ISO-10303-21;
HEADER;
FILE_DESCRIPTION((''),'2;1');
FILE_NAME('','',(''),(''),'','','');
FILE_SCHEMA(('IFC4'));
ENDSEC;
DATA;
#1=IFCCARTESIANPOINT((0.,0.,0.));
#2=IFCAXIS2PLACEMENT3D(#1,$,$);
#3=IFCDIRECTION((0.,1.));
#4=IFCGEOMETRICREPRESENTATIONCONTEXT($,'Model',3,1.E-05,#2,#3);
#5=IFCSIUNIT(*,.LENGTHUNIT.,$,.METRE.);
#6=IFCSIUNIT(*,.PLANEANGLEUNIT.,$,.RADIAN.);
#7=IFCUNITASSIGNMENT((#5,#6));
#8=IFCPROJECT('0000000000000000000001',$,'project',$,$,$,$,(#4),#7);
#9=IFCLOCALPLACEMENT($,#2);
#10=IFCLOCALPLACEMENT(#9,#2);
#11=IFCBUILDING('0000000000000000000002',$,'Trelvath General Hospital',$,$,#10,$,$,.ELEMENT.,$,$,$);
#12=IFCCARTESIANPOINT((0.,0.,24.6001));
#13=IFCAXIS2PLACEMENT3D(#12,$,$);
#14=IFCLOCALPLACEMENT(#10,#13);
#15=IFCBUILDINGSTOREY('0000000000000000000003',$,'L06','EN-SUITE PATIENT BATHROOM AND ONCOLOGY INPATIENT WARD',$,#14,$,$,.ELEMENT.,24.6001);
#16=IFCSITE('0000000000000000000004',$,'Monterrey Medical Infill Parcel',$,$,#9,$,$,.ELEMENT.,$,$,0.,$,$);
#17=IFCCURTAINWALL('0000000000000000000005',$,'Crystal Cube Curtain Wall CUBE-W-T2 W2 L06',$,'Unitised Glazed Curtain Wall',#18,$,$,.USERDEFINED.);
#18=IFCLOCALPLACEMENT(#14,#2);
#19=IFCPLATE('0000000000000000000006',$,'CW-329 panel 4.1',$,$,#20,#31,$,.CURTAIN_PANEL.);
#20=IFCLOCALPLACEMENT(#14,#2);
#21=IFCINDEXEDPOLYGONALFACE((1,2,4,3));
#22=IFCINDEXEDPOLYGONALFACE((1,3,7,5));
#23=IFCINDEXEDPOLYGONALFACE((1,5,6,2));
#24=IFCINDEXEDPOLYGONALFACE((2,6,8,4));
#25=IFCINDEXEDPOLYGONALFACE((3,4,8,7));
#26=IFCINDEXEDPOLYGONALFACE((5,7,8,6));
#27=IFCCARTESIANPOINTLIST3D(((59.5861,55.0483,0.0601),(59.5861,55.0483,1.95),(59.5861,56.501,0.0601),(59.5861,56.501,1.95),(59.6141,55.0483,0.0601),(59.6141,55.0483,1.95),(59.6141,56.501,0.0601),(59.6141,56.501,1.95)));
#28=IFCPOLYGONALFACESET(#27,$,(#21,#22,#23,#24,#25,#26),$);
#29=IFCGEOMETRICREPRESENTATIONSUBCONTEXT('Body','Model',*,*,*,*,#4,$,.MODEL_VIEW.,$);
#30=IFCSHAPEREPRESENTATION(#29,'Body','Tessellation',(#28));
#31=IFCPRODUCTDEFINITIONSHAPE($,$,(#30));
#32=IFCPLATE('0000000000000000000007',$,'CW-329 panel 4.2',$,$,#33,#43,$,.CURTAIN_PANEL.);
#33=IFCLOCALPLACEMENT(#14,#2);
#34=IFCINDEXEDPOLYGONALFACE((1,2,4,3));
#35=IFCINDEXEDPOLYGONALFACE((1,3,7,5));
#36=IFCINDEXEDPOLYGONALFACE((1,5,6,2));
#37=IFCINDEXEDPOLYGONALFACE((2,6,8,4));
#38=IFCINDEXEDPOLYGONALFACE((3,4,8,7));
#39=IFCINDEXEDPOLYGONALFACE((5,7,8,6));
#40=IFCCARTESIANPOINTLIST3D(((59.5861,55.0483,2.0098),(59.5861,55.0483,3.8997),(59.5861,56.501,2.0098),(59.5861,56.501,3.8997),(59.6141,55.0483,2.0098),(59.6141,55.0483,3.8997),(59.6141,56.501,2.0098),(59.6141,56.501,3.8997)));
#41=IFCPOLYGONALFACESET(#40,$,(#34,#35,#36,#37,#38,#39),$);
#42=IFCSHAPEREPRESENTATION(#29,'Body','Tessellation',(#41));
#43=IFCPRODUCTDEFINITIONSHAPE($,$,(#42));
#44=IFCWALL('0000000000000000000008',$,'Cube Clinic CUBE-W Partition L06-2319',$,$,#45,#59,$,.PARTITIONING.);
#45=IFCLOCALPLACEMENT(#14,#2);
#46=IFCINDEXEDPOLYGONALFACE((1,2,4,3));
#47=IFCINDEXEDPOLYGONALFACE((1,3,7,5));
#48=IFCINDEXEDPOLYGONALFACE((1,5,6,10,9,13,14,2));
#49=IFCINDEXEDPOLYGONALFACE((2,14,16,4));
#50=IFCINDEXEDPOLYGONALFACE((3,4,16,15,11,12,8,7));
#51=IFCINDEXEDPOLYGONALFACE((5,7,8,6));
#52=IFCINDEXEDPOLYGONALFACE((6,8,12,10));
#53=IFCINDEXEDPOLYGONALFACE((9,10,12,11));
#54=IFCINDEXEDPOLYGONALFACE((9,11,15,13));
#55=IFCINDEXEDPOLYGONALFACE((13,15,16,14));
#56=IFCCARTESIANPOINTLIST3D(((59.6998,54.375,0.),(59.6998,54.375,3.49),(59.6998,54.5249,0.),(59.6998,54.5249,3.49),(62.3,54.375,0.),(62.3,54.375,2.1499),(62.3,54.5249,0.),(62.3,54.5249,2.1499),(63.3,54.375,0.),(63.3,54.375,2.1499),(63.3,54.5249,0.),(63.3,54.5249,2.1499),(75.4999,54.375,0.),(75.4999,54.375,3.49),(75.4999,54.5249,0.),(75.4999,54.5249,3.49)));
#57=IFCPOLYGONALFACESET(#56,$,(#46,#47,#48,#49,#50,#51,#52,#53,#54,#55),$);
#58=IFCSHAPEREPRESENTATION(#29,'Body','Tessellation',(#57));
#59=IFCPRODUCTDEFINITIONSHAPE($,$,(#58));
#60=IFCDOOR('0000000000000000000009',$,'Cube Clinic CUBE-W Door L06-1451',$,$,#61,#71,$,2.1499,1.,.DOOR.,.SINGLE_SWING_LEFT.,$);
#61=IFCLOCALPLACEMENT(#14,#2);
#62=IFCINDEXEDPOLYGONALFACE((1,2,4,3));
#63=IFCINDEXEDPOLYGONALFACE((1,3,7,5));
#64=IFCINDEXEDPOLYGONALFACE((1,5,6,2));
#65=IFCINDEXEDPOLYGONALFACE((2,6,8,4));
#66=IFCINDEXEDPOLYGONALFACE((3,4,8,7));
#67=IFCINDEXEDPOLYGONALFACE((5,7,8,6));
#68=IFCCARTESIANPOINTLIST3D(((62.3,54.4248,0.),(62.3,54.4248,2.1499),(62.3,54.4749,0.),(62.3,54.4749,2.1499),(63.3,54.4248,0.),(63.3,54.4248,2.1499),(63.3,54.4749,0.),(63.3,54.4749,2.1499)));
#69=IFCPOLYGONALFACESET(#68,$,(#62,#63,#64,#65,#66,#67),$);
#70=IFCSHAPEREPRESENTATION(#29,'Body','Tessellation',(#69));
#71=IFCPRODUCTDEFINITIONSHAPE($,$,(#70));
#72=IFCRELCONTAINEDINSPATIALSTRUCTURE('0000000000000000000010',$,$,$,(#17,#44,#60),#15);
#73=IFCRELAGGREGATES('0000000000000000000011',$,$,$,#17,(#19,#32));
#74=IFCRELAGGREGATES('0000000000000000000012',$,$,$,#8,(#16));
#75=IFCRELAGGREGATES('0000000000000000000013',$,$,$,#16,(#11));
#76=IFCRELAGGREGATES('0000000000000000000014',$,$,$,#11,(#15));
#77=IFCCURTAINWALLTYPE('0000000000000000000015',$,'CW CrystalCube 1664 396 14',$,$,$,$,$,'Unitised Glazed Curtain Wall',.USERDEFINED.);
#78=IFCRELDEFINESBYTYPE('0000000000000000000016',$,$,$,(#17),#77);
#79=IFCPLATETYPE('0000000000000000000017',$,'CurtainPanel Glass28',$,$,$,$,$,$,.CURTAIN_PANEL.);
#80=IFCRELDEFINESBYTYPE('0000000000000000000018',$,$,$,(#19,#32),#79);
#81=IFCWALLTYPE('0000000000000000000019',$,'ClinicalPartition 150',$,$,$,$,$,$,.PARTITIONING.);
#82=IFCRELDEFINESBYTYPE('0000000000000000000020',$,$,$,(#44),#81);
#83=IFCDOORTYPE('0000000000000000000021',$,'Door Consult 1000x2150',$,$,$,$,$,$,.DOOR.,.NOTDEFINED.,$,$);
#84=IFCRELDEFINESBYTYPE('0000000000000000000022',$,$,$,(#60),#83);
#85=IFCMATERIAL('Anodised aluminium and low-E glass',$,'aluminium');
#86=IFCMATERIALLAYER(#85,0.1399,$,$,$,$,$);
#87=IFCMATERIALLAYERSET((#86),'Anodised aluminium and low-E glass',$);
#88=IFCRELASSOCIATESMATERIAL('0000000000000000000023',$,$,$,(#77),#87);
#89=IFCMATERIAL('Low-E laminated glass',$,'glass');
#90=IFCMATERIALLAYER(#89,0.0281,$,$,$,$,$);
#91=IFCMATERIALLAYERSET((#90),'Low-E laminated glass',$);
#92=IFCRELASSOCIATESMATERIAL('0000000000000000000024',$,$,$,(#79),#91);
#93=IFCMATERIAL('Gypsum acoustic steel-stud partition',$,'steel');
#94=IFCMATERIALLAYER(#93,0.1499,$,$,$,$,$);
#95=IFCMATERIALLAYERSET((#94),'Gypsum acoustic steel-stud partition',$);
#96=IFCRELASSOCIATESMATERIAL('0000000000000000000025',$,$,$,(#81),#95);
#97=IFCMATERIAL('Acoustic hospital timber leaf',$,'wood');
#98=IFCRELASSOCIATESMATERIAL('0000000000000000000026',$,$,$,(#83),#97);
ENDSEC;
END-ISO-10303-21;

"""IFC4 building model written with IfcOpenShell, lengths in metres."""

from ifc_helpers import new_model, si_unit, direction, frame, frame_2d, origin, origin_2d, place, context, subcontext, project, spatial, rectangle, extrude, material, layer, layer_set, type_object, element, fill, aggregate, save


model = new_model("IFC4")

# Units and contexts
model_context = context("Model", 3, precision=1e-05, world=origin(), true_north=direction((0.0, 1.0)))
body_context = subcontext(model_context, "Body", "Model", "MODEL_VIEW")
ifc_project = project(units=[si_unit("LENGTHUNIT", "METRE"), si_unit("PLANEANGLEUNIT", "RADIAN")], contexts=[model_context])

# Site, building, storey
site_placement = place(None, origin())
site = spatial("IfcSite", under=ifc_project, at=site_placement, Name="Monterrey Medical Infill Parcel", CompositionType="ELEMENT", RefElevation=0.0)
building_placement = place(site_placement, origin())
building = spatial("IfcBuilding", under=site, at=building_placement, Name="Trelvath General Hospital", CompositionType="ELEMENT")
storey_placement = place(building_placement, frame((0.0, 0.0, 24.6001)))
storey = spatial("IfcBuildingStorey", under=building, at=storey_placement, Name="L06", Description="EN-SUITE PATIENT BATHROOM AND ONCOLOGY INPATIENT WARD", CompositionType="ELEMENT", Elevation=24.6001)

# Curtain wall
ifc_material_1 = material(Name="Anodised aluminium and low-E glass", Category="aluminium")
ifc_layer_1 = layer(ifc_material_1, 0.1399)
ifc_layer_set_1 = layer_set([ifc_layer_1], Name="Anodised aluminium and low-E glass")
curtain_wall_type_1 = type_object("IfcCurtainWallType", Name="CW CrystalCube 1664 396 14", ElementType="Unitised Glazed Curtain Wall", PredefinedType="USERDEFINED", material=ifc_layer_set_1)
curtain_wall_1_placement = place(storey_placement, origin())
curtain_wall_1 = element("IfcCurtainWall", 1, at=curtain_wall_1_placement, inside=storey, type_object=curtain_wall_type_1, Name="Crystal Cube Curtain Wall CUBE-W-T2 W2 L06", ObjectType="Unitised Glazed Curtain Wall", PredefinedType="USERDEFINED")

# Shared definitions
ifc_material_2 = material(Name="Low-E laminated glass", Category="glass")
ifc_layer_2 = layer(ifc_material_2, 0.0281)
ifc_layer_set_2 = layer_set([ifc_layer_2], Name="Low-E laminated glass")
plate_type = type_object("IfcPlateType", Name="CurtainPanel Glass28", PredefinedType="CURTAIN_PANEL", material=ifc_layer_set_2)

# Plates
plate_1_placement = place(storey_placement, frame((59.6001, 55.7747, 0.0601), z_axis=(0.0, 0.0, 1.0), x_axis=(0.0, 1.0, 0.0)))
plate_1 = element("IfcPlate", 2, at=plate_1_placement, type_object=plate_type, Name="CW-329 panel 4.1", PredefinedType="CURTAIN_PANEL", context=body_context, shape_type="SweptSolid", body=[
    extrude(rectangle(XDim=1.4526, YDim=0.0281, at=origin_2d()), origin(), (0.0, 0.0, 1.0), 1.8899),
])
plate_2_placement = place(storey_placement, frame((59.6001, 55.7747, 2.0098), z_axis=(0.0, 0.0, 1.0), x_axis=(0.0, 1.0, 0.0)))
plate_2 = element("IfcPlate", 3, at=plate_2_placement, type_object=plate_type, Name="CW-329 panel 4.2", PredefinedType="CURTAIN_PANEL", context=body_context, shape_type="SweptSolid", body=[
    extrude(rectangle(XDim=1.4526, YDim=0.0281, at=origin_2d()), origin(), (0.0, 0.0, 1.0), 1.8899),
])
aggregate(curtain_wall_1, [plate_1, plate_2])

# Wall, opening, door
ifc_material_3 = material(Name="Gypsum acoustic steel-stud partition", Category="steel")
ifc_layer_3 = layer(ifc_material_3, 0.1499)
ifc_layer_set_3 = layer_set([ifc_layer_3], Name="Gypsum acoustic steel-stud partition")
wall_type = type_object("IfcWallType", Name="ClinicalPartition 150", PredefinedType="PARTITIONING", material=ifc_layer_set_3)
wall_placement = place(storey_placement, frame((59.7, 54.45, 0.0), z_axis=(0.0, 0.0, 1.0), x_axis=(1.0, 0.0, 0.0)))
wall = element("IfcWall", 4, at=wall_placement, inside=storey, type_object=wall_type, Name="Cube Clinic CUBE-W Partition L06-2319", PredefinedType="PARTITIONING", context=body_context, shape_type="SweptSolid", body=[
    extrude(rectangle(XDim=15.8, YDim=0.1499, at=frame_2d((7.8999, 0.0))), origin(), (0.0, 0.0, 1.0), 3.49),
])
opening_placement = place(wall_placement, frame((2.6001, 0.0, 0.0)))
opening = element("IfcOpeningElement", 5, at=opening_placement, cuts=wall, PredefinedType="OPENING", context=body_context, shape_type="SweptSolid", body=[
    extrude(rectangle(XDim=1.0, YDim=2.1499, at=frame_2d((0.5, 1.075))), frame((0.0, 0.085, 0.0), z_axis=(0.0, -1.0, 0.0), x_axis=(1.0, 0.0, 0.0)), (0.0, 0.0, 1.0), 0.1699),
])
ifc_material_4 = material(Name="Acoustic hospital timber leaf", Category="wood")
door_type = type_object("IfcDoorType", Name="Door Consult 1000x2150", OperationType="NOTDEFINED", PredefinedType="DOOR", material=ifc_material_4)
door_placement = place(opening_placement, origin())
door = element("IfcDoor", 6, at=door_placement, inside=storey, type_object=door_type, Name="Cube Clinic CUBE-W Door L06-1451", OperationType="SINGLE_SWING_LEFT", OverallHeight=2.1499, OverallWidth=1.0, PredefinedType="DOOR", context=body_context, shape_type="SweptSolid", body=[
    extrude(rectangle(XDim=1.0, YDim=2.1499, at=frame_2d((0.5, 1.075))), frame((0.0, 0.0249, 0.0), z_axis=(0.0, -1.0, 0.0), x_axis=(1.0, 0.0, 0.0)), (0.0, 0.0, 1.0), 0.05),
])
fill(opening, door)

save(model, "model.ifc")
